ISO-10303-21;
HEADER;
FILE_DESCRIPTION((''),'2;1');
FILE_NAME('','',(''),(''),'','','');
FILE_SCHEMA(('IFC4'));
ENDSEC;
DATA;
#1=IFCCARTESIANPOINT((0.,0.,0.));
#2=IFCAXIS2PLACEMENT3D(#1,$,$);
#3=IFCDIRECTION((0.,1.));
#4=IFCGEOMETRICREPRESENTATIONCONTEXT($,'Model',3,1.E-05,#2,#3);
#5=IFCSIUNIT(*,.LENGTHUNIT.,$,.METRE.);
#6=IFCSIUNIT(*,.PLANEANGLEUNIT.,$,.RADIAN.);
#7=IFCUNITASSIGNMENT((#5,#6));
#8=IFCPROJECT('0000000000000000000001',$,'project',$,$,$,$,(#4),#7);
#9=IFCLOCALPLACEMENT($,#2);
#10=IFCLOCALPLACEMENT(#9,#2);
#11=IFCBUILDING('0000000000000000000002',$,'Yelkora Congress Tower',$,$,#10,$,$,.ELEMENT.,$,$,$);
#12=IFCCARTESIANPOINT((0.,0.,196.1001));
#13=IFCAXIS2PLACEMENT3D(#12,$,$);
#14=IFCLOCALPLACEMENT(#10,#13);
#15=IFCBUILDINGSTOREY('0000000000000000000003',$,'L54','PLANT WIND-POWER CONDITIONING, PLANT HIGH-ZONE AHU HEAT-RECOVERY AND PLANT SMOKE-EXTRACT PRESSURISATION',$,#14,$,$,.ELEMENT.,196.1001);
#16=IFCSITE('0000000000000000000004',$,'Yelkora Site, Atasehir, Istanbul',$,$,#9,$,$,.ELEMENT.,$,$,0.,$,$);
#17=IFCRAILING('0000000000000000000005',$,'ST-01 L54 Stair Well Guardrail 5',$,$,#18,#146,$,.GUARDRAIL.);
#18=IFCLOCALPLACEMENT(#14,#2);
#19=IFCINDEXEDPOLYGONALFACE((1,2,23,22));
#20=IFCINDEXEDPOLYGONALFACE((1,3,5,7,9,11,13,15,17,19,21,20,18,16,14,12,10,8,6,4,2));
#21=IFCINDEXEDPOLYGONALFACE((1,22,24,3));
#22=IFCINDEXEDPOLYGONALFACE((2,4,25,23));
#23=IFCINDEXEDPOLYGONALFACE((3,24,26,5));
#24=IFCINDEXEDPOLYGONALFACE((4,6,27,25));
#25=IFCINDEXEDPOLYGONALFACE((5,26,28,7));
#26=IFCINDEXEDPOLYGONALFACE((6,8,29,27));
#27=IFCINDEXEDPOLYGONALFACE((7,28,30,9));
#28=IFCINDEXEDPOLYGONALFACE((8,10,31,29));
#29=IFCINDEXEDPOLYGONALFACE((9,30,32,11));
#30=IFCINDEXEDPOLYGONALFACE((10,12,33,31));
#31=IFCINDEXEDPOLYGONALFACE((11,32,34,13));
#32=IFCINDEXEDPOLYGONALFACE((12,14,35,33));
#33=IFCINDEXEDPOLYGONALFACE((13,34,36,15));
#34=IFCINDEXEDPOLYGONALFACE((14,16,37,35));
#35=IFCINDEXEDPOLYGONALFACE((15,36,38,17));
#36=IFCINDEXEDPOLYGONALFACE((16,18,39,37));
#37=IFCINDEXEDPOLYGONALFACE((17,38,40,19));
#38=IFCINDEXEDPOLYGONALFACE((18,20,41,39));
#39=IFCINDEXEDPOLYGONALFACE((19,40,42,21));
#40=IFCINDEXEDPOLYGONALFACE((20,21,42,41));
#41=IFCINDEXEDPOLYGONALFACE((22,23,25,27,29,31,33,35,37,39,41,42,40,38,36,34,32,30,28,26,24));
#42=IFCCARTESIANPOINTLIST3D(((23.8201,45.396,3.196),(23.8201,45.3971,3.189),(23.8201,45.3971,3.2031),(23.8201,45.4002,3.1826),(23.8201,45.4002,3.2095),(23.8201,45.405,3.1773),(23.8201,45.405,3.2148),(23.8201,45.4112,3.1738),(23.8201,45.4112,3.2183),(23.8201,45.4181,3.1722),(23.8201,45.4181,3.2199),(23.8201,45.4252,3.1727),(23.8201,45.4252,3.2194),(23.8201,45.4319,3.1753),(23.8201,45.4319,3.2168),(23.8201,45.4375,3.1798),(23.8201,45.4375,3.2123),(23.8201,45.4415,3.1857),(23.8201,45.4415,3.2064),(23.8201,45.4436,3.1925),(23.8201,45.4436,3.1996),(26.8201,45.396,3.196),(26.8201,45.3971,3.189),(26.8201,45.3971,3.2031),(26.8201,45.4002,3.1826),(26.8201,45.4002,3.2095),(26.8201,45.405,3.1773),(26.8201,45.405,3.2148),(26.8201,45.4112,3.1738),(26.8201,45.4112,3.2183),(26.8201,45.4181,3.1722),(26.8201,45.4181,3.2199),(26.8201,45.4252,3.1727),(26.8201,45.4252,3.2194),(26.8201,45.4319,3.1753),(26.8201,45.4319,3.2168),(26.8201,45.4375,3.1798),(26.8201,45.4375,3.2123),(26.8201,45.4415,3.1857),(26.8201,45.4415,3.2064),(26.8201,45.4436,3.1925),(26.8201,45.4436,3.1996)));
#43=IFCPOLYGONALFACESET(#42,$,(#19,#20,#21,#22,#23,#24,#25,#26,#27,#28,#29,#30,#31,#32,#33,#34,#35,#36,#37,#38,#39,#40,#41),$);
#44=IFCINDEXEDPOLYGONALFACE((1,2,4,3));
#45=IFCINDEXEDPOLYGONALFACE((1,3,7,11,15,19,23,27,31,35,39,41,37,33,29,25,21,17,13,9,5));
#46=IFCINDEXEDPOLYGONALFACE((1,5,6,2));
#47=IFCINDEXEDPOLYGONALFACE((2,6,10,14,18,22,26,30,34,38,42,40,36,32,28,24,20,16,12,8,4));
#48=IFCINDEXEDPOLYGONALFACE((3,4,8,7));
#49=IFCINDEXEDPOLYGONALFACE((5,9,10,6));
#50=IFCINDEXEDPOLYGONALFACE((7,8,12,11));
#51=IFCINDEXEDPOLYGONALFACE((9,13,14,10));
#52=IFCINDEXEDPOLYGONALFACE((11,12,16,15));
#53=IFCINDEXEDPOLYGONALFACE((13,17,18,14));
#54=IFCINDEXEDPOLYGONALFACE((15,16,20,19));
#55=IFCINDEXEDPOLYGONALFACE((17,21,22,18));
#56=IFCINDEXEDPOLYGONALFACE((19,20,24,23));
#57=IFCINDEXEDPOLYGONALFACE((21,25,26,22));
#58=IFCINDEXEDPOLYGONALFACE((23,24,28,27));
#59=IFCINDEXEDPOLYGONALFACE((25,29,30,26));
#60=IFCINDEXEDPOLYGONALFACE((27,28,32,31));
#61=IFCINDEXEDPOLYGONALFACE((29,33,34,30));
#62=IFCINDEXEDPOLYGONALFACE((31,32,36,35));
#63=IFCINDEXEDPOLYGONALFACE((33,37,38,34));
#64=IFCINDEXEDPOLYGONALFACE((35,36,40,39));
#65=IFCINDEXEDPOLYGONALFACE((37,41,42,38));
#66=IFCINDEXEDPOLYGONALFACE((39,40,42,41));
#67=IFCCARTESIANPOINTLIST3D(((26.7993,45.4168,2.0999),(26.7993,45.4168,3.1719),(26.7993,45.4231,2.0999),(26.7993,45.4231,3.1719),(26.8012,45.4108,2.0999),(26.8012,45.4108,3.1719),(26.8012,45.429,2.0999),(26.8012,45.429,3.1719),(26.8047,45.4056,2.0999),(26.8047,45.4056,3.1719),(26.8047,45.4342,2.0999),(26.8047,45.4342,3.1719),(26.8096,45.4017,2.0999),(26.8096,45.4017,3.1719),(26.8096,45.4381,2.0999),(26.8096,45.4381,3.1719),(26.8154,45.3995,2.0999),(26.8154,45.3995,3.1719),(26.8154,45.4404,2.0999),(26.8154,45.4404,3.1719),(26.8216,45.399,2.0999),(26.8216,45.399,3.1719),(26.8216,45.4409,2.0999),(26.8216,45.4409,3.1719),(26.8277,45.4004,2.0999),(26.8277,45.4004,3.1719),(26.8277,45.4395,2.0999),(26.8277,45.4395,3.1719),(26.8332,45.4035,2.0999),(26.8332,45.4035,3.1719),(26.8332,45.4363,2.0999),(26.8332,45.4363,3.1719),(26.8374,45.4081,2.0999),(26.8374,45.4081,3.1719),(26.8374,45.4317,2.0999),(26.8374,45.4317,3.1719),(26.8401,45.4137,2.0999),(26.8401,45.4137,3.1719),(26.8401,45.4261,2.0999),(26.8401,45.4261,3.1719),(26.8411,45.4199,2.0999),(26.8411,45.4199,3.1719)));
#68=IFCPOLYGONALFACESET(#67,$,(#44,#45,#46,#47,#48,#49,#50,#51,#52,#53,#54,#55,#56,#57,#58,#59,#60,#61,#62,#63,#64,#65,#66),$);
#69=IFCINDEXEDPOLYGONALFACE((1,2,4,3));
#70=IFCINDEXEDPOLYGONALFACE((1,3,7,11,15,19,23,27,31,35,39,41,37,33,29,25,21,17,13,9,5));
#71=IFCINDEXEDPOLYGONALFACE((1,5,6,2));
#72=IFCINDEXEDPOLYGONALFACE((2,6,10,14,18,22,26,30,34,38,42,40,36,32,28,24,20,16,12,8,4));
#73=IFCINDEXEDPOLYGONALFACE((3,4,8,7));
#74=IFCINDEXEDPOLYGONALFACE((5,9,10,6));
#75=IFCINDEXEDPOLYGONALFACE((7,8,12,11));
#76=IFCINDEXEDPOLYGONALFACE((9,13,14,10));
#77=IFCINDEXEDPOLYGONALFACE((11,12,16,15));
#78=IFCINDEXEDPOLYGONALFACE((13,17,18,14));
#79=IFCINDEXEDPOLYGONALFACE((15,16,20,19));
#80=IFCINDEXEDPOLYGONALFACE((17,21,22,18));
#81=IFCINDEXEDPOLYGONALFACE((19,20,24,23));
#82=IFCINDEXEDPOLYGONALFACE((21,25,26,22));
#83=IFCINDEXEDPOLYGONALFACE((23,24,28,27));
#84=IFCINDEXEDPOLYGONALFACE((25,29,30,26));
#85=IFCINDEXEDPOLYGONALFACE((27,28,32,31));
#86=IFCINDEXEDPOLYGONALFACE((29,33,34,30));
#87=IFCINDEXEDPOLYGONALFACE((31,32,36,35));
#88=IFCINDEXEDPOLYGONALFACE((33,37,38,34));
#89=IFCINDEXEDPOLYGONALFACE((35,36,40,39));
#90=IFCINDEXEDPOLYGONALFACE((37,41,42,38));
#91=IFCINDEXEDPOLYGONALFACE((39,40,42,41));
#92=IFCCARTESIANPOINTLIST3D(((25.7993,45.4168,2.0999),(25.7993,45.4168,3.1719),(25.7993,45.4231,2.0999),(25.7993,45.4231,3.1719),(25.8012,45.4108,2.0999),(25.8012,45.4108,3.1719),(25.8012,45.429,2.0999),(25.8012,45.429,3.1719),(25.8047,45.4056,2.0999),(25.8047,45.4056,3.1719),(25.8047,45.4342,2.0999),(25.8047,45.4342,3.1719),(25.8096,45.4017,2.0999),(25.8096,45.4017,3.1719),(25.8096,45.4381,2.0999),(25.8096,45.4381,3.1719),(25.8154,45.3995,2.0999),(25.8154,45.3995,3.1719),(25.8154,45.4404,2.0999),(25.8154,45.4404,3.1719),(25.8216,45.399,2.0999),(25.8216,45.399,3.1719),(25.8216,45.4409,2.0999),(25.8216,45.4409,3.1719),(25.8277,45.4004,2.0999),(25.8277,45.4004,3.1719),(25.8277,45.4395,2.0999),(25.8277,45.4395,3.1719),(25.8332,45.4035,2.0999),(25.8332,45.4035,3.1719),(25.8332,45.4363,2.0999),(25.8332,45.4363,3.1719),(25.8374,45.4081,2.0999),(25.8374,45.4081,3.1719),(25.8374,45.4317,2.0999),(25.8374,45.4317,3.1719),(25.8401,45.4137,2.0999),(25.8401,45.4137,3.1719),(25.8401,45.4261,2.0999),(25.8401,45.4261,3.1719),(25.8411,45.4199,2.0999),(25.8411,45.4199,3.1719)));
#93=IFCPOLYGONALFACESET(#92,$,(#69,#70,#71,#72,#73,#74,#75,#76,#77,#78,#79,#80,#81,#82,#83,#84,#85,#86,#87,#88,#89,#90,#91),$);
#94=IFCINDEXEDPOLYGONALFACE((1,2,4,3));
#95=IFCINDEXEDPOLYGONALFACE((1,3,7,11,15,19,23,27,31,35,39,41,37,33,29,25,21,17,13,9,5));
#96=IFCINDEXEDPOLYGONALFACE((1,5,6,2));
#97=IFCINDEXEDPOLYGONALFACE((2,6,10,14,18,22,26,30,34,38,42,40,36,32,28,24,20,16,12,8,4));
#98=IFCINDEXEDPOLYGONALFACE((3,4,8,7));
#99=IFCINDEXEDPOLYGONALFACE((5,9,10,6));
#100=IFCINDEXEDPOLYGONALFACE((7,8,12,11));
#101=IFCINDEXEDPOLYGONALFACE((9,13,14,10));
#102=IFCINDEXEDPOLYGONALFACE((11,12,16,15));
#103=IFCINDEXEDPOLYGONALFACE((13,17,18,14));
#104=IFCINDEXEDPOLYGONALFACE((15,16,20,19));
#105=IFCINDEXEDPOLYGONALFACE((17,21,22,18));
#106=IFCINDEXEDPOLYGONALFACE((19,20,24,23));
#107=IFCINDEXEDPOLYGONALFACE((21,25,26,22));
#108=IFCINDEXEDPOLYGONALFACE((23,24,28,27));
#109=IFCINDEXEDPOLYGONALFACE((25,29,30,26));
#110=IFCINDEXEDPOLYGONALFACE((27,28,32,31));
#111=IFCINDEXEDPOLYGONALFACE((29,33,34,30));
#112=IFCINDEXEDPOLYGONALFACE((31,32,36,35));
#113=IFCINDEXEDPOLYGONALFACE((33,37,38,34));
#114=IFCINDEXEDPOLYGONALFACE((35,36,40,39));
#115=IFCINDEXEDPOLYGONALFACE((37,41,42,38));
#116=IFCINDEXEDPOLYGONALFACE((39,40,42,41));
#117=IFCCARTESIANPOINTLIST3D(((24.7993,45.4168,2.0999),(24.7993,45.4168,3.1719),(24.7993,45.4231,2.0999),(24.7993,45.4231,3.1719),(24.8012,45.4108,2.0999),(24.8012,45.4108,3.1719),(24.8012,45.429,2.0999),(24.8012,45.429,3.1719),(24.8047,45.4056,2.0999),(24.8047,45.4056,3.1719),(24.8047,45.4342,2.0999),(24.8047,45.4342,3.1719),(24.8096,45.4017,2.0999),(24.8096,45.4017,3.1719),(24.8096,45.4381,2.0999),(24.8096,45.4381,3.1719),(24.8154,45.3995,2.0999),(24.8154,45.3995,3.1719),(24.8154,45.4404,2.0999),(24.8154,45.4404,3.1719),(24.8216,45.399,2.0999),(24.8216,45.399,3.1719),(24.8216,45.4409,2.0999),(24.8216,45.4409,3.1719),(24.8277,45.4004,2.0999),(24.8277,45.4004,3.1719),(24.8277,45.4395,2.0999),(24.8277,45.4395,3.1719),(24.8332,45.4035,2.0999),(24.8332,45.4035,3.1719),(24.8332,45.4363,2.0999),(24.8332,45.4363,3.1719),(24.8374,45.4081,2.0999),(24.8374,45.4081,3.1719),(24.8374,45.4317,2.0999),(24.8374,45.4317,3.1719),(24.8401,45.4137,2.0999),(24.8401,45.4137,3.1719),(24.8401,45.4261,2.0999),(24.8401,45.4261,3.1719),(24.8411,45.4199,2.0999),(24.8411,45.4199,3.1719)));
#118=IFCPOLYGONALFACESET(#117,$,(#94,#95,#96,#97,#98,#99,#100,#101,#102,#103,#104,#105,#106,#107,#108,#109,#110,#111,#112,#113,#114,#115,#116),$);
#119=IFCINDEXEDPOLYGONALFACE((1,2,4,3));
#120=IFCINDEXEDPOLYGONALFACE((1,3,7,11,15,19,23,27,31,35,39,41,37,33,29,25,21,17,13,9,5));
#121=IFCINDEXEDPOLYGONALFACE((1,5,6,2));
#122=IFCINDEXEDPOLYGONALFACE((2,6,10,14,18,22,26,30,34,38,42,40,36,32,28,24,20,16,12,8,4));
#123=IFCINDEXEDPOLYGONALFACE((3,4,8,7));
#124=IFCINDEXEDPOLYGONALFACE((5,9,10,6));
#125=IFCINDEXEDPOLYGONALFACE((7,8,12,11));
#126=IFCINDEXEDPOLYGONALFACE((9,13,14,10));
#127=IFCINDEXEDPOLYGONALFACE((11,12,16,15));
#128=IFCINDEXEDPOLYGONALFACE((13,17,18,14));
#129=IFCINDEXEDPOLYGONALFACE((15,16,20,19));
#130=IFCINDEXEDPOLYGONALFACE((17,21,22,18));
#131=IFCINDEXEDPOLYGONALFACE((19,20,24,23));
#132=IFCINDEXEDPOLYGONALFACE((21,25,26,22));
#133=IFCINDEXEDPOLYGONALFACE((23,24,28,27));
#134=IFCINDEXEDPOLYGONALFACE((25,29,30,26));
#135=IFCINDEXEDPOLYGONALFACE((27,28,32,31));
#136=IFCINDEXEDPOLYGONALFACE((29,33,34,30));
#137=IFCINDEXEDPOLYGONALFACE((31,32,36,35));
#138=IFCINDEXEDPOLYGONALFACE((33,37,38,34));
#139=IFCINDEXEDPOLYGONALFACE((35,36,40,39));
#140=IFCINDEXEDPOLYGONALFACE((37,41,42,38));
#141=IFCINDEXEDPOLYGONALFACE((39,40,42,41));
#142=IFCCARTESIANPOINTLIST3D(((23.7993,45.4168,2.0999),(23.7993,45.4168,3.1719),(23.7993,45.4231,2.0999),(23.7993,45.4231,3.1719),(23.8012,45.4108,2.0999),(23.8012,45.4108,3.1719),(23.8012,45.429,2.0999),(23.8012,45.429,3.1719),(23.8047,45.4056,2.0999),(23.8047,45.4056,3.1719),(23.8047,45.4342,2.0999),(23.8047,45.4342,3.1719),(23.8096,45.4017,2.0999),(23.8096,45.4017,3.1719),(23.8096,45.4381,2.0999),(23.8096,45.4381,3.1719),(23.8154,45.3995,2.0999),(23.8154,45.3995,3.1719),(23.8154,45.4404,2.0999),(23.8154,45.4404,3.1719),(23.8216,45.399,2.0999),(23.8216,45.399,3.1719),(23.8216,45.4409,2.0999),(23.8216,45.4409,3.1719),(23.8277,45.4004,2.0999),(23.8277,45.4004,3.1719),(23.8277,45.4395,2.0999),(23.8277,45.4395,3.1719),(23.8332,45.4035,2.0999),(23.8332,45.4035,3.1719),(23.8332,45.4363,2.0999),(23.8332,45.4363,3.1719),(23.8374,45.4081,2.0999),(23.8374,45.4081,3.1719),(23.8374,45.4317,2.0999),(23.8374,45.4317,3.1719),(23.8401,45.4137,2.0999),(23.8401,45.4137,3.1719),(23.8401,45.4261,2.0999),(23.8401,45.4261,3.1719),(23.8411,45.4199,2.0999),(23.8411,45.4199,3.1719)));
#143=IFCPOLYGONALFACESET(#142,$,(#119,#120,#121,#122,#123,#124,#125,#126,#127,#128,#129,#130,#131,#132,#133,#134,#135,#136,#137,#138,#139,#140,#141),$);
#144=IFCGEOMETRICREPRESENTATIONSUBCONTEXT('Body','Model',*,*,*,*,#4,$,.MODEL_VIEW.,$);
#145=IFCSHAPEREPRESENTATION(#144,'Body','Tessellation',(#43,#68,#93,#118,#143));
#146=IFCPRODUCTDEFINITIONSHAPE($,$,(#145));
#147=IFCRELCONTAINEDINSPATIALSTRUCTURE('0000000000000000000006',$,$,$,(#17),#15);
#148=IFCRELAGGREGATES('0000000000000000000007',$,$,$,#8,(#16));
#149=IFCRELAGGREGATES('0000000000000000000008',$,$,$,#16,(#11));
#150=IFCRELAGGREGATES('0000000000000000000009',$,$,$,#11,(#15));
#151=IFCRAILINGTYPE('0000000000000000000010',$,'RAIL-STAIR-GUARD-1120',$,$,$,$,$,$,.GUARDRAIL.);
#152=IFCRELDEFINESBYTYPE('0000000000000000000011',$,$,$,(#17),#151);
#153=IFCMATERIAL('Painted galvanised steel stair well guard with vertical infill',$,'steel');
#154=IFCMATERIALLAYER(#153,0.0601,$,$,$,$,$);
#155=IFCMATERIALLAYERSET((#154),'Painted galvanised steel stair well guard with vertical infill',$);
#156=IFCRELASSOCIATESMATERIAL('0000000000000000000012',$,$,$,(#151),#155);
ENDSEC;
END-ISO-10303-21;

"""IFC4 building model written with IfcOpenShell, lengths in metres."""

from ifc_helpers import new_model, si_unit, direction, frame, origin, origin_2d, place, context, subcontext, project, spatial, circle, extrude, material, layer, layer_set, type_object, element, save


model = new_model("IFC4")

# Units and contexts
model_context = context("Model", 3, precision=1e-05, world=origin(), true_north=direction((0.0, 1.0)))
body_context = subcontext(model_context, "Body", "Model", "MODEL_VIEW")
ifc_project = project(units=[si_unit("LENGTHUNIT", "METRE"), si_unit("PLANEANGLEUNIT", "RADIAN")], contexts=[model_context])

# Site, building, storey
site_placement = place(None, origin())
site = spatial("IfcSite", under=ifc_project, at=site_placement, Name="Yelkora Site, Atasehir, Istanbul", CompositionType="ELEMENT", RefElevation=0.0)
building_placement = place(site_placement, origin())
building = spatial("IfcBuilding", under=site, at=building_placement, Name="Yelkora Congress Tower", CompositionType="ELEMENT")
storey_placement = place(building_placement, frame((0.0, 0.0, 196.1001)))
storey = spatial("IfcBuildingStorey", under=building, at=storey_placement, Name="L54", Description="PLANT WIND-POWER CONDITIONING, PLANT HIGH-ZONE AHU HEAT-RECOVERY AND PLANT SMOKE-EXTRACT PRESSURISATION", CompositionType="ELEMENT", Elevation=196.1001)

# Railing
ifc_material_1 = material(Name="Painted galvanised steel stair well guard with vertical infill", Category="steel")
ifc_layer_1 = layer(ifc_material_1, 0.0601)
ifc_layer_set_1 = layer_set([ifc_layer_1], Name="Painted galvanised steel stair well guard with vertical infill")
railing_type = type_object("IfcRailingType", Name="RAIL-STAIR-GUARD-1120", PredefinedType="GUARDRAIL", material=ifc_layer_set_1)
railing_1_placement = place(storey_placement, frame((26.8201, 45.4199, 2.0999)))
element("IfcRailing", 1, at=railing_1_placement, inside=storey, type_object=railing_type, Name="ST-01 L54 Stair Well Guardrail 5", PredefinedType="GUARDRAIL", context=body_context, shape_type="SweptSolid", body=[
    extrude(circle(Radius=0.0239, at=origin_2d()), frame((0.0, 0.0, 1.0962), z_axis=(-1.0, 0.0, 0.0), x_axis=(0.0, -1.0, 0.0)), (0.0, 0.0, 1.0), 3.0),
    extrude(circle(Radius=0.021, at=origin_2d()), origin(), (0.0, 0.0, 1.0), 1.072),
    extrude(circle(Radius=0.021, at=origin_2d()), frame((-1.0, 0.0, 0.0)), (0.0, 0.0, 1.0), 1.072),
    extrude(circle(Radius=0.021, at=origin_2d()), frame((-2.0, 0.0, 0.0)), (0.0, 0.0, 1.0), 1.072),
    extrude(circle(Radius=0.021, at=origin_2d()), frame((-3.0, 0.0, 0.0)), (0.0, 0.0, 1.0), 1.072),
])

save(model, "model.ifc")
